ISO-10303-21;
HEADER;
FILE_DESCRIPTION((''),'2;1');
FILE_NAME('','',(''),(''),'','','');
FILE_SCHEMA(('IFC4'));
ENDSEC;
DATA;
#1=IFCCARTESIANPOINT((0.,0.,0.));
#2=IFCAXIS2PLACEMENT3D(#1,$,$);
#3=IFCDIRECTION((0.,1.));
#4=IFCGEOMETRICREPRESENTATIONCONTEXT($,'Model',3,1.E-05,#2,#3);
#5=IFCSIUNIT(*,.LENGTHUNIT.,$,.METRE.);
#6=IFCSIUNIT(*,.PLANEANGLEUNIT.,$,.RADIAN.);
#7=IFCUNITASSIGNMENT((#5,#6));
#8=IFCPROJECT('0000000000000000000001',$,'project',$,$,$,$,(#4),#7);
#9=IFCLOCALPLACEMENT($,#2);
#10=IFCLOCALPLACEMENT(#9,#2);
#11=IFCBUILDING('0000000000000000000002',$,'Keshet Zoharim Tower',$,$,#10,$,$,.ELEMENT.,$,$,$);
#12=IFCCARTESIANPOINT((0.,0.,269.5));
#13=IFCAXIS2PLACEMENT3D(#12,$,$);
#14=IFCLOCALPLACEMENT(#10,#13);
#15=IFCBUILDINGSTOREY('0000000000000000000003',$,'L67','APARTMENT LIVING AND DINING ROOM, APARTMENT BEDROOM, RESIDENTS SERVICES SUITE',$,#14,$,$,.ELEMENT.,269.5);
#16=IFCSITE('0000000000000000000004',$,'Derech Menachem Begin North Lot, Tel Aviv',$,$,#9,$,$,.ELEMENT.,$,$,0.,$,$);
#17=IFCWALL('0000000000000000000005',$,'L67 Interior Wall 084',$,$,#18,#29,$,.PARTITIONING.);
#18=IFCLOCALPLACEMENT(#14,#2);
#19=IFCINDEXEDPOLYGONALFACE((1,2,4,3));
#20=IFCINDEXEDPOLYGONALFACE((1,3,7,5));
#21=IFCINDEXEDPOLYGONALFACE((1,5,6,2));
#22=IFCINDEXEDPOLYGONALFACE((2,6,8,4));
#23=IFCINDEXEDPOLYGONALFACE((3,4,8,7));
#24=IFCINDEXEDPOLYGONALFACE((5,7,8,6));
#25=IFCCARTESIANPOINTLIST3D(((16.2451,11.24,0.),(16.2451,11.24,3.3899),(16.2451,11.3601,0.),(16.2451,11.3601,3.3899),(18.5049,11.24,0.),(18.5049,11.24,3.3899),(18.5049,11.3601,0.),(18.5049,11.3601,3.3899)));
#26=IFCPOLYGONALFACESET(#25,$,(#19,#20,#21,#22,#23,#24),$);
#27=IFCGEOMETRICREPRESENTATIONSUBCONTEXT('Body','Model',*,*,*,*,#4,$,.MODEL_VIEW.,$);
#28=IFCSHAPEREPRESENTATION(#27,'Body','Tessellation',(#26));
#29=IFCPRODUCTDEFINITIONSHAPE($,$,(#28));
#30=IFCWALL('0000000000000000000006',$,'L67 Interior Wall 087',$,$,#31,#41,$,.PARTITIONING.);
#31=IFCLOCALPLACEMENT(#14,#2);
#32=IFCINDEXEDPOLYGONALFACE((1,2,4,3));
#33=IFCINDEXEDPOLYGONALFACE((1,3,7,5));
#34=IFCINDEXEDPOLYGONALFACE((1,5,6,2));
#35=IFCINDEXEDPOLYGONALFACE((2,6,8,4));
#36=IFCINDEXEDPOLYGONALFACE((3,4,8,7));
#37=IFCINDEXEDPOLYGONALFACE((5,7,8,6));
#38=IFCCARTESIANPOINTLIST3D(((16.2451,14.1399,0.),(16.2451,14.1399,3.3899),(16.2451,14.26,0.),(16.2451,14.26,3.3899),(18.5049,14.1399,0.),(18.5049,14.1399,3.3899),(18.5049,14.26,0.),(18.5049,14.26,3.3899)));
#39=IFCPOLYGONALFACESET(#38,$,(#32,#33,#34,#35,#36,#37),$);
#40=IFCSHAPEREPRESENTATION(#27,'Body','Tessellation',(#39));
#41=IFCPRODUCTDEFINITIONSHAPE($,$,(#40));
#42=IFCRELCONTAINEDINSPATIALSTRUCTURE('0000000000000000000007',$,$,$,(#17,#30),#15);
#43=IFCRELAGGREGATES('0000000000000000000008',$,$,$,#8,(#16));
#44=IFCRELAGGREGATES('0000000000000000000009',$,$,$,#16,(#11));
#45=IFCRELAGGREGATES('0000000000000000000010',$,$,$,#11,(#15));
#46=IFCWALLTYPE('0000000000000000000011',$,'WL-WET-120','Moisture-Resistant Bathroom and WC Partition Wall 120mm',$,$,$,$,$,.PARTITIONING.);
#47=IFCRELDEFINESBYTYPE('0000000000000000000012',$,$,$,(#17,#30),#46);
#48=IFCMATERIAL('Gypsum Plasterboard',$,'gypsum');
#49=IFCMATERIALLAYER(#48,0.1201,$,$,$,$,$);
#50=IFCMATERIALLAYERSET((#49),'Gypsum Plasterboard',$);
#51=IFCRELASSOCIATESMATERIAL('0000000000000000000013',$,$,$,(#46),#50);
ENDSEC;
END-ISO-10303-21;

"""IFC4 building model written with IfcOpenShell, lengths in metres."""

from ifc_helpers import new_model, si_unit, direction, frame, frame_2d, origin, place, context, subcontext, project, spatial, rectangle, extrude, material, layer, layer_set, type_object, element, save


model = new_model("IFC4")

# Units and contexts
model_context = context("Model", 3, precision=1e-05, world=origin(), true_north=direction((0.0, 1.0)))
body_context = subcontext(model_context, "Body", "Model", "MODEL_VIEW")
ifc_project = project(units=[si_unit("LENGTHUNIT", "METRE"), si_unit("PLANEANGLEUNIT", "RADIAN")], contexts=[model_context])

# Site, building, storey
site_placement = place(None, origin())
site = spatial("IfcSite", under=ifc_project, at=site_placement, Name="Derech Menachem Begin North Lot, Tel Aviv", CompositionType="ELEMENT", RefElevation=0.0)
building_placement = place(site_placement, origin())
building = spatial("IfcBuilding", under=site, at=building_placement, Name="Keshet Zoharim Tower", CompositionType="ELEMENT")
storey_placement = place(building_placement, frame((0.0, 0.0, 269.5)))
storey = spatial("IfcBuildingStorey", under=building, at=storey_placement, Name="L67", Description="APARTMENT LIVING AND DINING ROOM, APARTMENT BEDROOM, RESIDENTS SERVICES SUITE", CompositionType="ELEMENT", Elevation=269.5)

# Shared definitions
ifc_material_1 = material(Name="Gypsum Plasterboard", Category="gypsum")

# Shared definitions
ifc_layer_1 = layer(ifc_material_1, 0.1201)
ifc_layer_set_1 = layer_set([ifc_layer_1], Name="Gypsum Plasterboard")
wall_type_1 = type_object("IfcWallType", Name="WL-WET-120", Description="Moisture-Resistant Bathroom and WC Partition Wall 120mm", PredefinedType="PARTITIONING", material=ifc_layer_set_1)

# Walls
for number, where, z_axis, x_axis, name in (
    (1, (16.2451, 11.3, 0.0), (0.0, 0.0, 1.0), (1.0, 0.0, 0.0), "L67 Interior Wall 084"),
    (2, (16.2451, 14.2, 0.0), (0.0, 0.0, 1.0), (1.0, 0.0, 0.0), "L67 Interior Wall 087"),
):
    element("IfcWall", number, at=place(storey_placement, frame(where, z_axis=z_axis, x_axis=x_axis)), inside=storey, type_object=wall_type_1, Name=name, PredefinedType="PARTITIONING", context=body_context, shape_type="SweptSolid", body=[
        extrude(rectangle(XDim=2.2598, YDim=0.1201, at=frame_2d((1.1299, 0.0))), origin(), (0.0, 0.0, 1.0), 3.3899),
    ])

save(model, "model.ifc")
